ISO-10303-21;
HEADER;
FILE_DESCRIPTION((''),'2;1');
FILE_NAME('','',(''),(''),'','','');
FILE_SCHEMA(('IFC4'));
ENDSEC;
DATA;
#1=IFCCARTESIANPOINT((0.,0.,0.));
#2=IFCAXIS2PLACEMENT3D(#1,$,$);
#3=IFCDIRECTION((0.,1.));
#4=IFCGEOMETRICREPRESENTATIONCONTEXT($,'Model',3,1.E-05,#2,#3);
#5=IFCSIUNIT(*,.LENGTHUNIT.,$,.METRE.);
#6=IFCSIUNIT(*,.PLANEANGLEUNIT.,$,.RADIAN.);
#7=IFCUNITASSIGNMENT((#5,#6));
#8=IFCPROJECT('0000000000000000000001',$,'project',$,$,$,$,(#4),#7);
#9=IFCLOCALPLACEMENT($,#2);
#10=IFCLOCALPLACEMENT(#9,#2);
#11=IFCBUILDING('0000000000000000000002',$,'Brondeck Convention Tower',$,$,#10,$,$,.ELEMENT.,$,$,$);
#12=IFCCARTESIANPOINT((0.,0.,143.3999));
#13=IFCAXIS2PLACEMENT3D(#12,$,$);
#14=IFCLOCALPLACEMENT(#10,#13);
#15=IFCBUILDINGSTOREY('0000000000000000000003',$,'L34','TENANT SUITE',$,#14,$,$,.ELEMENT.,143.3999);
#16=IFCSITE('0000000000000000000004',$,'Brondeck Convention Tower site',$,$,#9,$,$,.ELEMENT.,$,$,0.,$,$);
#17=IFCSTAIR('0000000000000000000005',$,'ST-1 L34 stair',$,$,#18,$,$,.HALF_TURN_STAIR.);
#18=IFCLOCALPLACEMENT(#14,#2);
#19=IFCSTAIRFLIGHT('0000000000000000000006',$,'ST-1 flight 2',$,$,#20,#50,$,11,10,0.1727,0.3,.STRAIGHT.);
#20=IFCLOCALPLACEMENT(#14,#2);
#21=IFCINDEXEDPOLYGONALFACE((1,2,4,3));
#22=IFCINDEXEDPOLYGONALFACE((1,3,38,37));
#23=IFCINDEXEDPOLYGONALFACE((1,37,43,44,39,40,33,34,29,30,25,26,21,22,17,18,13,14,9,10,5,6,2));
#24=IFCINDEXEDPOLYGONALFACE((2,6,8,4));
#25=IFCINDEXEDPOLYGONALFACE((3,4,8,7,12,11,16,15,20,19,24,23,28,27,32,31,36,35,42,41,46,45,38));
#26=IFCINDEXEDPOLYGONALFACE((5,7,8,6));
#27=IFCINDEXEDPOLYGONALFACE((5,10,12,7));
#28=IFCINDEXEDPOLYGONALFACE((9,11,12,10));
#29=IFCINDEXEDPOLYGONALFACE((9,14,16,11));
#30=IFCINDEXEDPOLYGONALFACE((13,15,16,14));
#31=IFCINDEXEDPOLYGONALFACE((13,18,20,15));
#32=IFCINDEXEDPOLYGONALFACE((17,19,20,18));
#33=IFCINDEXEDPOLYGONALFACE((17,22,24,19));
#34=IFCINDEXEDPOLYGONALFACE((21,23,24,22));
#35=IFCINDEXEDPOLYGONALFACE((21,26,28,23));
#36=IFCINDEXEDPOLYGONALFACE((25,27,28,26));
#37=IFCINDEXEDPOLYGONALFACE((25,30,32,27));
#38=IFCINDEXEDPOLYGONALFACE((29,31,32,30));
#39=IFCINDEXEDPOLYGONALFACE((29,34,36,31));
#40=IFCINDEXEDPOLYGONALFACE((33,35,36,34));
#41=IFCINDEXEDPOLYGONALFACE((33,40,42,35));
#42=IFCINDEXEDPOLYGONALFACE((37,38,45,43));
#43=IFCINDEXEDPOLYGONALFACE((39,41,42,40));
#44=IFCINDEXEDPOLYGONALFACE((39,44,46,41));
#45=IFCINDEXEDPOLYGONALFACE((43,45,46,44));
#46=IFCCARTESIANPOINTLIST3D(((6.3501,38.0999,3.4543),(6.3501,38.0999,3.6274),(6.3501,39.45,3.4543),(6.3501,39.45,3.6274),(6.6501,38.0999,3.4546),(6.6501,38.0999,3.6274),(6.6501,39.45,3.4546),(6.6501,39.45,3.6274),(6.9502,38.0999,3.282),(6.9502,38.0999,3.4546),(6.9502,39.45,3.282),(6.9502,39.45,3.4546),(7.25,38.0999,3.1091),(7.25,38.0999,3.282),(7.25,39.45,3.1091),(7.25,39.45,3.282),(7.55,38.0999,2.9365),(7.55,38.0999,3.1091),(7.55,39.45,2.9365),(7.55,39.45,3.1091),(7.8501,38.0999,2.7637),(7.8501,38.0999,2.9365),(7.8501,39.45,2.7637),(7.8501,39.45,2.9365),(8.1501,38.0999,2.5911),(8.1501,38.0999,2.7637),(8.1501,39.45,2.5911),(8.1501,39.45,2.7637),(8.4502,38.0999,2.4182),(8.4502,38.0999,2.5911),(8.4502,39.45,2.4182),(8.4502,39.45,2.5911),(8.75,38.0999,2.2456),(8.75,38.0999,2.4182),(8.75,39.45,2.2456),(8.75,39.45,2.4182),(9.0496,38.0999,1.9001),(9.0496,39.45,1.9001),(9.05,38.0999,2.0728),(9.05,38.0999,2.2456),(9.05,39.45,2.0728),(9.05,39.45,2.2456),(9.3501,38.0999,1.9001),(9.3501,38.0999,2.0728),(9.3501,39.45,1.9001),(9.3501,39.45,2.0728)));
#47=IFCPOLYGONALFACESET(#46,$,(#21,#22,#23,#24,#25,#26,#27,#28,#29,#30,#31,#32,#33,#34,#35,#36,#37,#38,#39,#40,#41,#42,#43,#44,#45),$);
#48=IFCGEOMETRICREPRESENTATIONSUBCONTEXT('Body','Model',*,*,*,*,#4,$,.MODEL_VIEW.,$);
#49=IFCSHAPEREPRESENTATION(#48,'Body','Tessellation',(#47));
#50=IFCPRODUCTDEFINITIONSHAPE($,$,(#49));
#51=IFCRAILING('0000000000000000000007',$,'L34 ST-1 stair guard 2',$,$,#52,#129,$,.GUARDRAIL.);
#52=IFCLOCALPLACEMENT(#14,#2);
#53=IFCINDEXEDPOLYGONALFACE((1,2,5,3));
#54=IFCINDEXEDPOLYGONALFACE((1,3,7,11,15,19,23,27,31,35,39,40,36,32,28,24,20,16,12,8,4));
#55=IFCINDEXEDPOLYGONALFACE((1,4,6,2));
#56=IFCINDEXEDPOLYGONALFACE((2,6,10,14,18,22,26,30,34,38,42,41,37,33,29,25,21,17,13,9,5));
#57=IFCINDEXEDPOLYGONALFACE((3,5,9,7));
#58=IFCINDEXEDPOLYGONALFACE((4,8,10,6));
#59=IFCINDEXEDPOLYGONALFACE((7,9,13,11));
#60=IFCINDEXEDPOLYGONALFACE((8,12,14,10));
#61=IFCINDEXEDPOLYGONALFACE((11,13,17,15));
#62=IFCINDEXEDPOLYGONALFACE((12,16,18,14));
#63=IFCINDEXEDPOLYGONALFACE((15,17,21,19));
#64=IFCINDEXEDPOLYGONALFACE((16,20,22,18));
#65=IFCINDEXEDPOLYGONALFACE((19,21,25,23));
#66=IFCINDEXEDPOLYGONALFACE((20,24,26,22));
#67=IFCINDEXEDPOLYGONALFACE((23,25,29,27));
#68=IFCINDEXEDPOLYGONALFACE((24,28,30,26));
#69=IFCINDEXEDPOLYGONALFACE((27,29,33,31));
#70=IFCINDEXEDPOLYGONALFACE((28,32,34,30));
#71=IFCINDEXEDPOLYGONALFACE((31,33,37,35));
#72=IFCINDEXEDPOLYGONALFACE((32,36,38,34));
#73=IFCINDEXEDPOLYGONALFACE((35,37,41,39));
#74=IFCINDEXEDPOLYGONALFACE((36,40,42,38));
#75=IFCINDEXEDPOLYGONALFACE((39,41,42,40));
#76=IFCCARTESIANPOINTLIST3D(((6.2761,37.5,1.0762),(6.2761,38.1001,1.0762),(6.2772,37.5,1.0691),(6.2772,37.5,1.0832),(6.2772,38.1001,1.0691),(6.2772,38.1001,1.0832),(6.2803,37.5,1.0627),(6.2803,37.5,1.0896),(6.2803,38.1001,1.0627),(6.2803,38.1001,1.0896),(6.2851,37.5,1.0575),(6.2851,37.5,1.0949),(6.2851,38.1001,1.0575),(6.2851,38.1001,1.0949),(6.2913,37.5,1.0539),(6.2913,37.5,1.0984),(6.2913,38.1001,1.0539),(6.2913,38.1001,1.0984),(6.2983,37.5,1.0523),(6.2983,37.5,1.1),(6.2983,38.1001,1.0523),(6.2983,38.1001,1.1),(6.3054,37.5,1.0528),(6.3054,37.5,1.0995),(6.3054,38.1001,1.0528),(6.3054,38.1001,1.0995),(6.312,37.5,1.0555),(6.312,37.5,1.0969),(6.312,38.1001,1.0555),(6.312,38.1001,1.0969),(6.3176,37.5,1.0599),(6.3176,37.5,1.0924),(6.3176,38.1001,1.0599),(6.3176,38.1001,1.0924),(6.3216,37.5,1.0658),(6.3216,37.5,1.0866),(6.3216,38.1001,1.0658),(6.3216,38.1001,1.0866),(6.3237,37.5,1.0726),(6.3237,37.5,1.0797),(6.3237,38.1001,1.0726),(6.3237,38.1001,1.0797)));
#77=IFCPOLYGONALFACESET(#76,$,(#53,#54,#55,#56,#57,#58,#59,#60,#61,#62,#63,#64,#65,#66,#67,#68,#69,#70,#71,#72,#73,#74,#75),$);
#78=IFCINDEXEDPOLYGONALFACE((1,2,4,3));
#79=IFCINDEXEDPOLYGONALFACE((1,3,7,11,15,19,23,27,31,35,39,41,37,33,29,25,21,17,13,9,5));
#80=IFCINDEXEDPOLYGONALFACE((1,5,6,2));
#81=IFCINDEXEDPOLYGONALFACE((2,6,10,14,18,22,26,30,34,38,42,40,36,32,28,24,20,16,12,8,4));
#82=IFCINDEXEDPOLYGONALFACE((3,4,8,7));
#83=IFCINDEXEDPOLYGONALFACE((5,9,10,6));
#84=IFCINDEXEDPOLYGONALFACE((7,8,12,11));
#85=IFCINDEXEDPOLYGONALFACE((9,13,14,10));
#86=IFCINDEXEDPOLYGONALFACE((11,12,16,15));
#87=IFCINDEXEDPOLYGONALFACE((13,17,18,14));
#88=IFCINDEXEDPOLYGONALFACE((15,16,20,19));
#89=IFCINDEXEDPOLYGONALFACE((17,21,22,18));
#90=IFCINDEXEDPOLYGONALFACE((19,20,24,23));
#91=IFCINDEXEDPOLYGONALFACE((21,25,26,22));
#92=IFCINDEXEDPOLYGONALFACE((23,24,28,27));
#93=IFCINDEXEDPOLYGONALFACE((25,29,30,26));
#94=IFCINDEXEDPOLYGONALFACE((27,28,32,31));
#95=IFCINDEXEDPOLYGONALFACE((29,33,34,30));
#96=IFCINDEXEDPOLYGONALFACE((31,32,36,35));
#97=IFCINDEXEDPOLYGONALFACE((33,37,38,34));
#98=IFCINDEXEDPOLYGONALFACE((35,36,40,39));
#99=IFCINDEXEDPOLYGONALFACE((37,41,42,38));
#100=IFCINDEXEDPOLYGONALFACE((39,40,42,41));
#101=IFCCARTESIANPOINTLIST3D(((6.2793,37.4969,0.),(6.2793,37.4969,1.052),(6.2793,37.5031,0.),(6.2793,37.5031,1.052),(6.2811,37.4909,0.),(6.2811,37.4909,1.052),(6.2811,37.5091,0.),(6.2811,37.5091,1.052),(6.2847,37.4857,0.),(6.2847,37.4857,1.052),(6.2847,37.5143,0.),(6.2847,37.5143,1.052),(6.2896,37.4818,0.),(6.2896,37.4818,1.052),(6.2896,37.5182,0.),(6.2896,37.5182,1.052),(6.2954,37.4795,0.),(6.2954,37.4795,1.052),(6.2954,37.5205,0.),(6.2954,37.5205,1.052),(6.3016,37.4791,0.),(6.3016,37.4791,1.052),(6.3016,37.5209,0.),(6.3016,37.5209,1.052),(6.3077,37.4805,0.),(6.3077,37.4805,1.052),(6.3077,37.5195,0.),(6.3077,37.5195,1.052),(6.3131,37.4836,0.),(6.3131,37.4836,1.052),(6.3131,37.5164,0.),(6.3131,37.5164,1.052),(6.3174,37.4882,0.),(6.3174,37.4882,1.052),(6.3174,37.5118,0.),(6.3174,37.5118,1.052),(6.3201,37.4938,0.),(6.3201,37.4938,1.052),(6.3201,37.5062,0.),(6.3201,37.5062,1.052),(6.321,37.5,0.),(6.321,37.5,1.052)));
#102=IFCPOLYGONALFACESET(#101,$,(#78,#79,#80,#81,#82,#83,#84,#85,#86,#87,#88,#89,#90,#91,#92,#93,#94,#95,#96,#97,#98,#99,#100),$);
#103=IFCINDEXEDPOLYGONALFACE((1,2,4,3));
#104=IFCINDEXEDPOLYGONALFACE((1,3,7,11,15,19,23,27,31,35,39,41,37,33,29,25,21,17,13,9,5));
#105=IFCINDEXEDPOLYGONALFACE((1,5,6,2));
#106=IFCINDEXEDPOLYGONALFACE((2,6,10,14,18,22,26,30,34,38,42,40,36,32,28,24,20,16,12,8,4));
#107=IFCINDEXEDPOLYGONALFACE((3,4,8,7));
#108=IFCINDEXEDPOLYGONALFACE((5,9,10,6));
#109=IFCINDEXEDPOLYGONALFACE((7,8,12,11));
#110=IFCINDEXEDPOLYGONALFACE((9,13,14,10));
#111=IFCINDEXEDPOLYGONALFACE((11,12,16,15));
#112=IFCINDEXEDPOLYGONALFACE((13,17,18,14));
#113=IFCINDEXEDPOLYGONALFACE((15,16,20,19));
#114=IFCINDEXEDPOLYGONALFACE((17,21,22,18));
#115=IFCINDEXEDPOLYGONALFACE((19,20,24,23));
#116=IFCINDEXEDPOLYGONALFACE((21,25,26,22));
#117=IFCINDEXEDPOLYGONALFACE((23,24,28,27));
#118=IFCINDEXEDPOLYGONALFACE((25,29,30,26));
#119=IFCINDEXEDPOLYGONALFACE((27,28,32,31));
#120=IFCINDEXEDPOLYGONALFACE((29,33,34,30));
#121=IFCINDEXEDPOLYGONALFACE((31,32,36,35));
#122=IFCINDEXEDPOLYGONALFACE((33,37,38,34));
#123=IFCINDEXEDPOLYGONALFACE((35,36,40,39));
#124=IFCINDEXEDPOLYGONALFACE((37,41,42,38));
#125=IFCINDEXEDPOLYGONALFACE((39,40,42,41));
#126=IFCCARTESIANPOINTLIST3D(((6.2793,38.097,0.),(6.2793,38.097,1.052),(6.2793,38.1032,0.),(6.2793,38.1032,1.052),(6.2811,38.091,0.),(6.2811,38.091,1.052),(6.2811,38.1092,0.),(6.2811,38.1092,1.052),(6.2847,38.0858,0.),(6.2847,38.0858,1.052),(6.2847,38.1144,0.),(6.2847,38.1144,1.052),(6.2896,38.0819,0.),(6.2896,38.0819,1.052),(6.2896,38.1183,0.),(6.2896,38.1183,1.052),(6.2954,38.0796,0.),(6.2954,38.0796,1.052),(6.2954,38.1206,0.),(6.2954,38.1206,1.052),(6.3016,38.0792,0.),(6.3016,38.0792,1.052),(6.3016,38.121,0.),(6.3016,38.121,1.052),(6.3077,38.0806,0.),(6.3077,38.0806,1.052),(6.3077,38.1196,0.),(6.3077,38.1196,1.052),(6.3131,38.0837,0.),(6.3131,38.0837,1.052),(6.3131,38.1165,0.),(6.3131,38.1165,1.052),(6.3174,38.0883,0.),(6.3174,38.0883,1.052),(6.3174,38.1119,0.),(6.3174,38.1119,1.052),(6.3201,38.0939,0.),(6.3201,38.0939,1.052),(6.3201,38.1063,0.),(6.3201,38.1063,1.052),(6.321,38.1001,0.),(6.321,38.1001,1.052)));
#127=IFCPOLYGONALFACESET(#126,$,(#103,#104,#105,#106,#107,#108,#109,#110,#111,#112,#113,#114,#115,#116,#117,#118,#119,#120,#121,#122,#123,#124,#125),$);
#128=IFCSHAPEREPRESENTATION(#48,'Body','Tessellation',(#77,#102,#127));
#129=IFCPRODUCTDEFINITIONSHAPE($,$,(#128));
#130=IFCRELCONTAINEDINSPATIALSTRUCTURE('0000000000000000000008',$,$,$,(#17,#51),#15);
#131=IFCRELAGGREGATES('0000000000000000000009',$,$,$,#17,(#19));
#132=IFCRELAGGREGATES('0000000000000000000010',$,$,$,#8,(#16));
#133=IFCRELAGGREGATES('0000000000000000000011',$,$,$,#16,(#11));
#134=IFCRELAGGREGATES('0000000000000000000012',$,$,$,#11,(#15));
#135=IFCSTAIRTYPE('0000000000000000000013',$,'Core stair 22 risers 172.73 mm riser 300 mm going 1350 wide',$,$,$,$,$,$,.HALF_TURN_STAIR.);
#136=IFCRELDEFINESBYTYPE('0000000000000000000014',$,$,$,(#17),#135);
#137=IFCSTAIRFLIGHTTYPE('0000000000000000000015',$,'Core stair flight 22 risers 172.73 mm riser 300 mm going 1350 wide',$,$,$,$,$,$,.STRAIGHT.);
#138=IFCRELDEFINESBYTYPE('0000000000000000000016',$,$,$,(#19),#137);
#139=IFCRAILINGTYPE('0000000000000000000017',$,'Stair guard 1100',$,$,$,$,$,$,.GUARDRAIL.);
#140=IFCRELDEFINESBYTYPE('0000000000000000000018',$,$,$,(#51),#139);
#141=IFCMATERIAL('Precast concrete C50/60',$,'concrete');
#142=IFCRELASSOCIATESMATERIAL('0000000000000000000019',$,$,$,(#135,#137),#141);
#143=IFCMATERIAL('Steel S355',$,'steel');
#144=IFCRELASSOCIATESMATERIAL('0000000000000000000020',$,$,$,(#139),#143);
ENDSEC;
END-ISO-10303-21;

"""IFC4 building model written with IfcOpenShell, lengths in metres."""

from ifc_helpers import new_model, si_unit, direction, frame, origin, origin_2d, place, context, subcontext, project, spatial, polyline, circle, outline, extrude, material, type_object, element, aggregate, save


model = new_model("IFC4")

# Units and contexts
model_context = context("Model", 3, precision=1e-05, world=origin(), true_north=direction((0.0, 1.0)))
body_context = subcontext(model_context, "Body", "Model", "MODEL_VIEW")
ifc_project = project(units=[si_unit("LENGTHUNIT", "METRE"), si_unit("PLANEANGLEUNIT", "RADIAN")], contexts=[model_context])

# Site, building, storey
site_placement = place(None, origin())
site = spatial("IfcSite", under=ifc_project, at=site_placement, Name="Brondeck Convention Tower site", CompositionType="ELEMENT", RefElevation=0.0)
building_placement = place(site_placement, origin())
building = spatial("IfcBuilding", under=site, at=building_placement, Name="Brondeck Convention Tower", CompositionType="ELEMENT")
storey_placement = place(building_placement, frame((0.0, 0.0, 143.3999)))
storey = spatial("IfcBuildingStorey", under=building, at=storey_placement, Name="L34", Description="TENANT SUITE", CompositionType="ELEMENT", Elevation=143.3999)

# Shared definitions
ifc_material_1 = material(Name="Steel S355", Category="steel")

# Stair, stair flight
ifc_material_2 = material(Name="Precast concrete C50/60", Category="concrete")
stair_type = type_object("IfcStairType", Name="Core stair 22 risers 172.73 mm riser 300 mm going 1350 wide", PredefinedType="HALF_TURN_STAIR", material=ifc_material_2)
stair_placement = place(storey_placement, origin())
stair = element("IfcStair", 1, at=stair_placement, inside=storey, type_object=stair_type, Name="ST-1 L34 stair", PredefinedType="HALF_TURN_STAIR")
stair_flight_type = type_object("IfcStairFlightType", Name="Core stair flight 22 risers 172.73 mm riser 300 mm going 1350 wide", PredefinedType="STRAIGHT", material=ifc_material_2)
stair_flight_1_placement = place(storey_placement, frame((9.3501, 38.7749, 1.9001), z_axis=(0.0, 0.0, 1.0), x_axis=(-1.0, 0.0, 0.0)))
stair_flight_1 = element("IfcStairFlight", 2, at=stair_flight_1_placement, type_object=stair_flight_type, Name="ST-1 flight 2", NumberOfRisers=11, NumberOfTreads=10, PredefinedType="STRAIGHT", RiserHeight=0.1727, TreadLength=0.3, context=body_context, shape_type="SweptSolid", body=[
    extrude(outline(polyline([(0.0, 0.0), (0.0, 0.1726), (0.3, 0.1726), (0.3, 0.3455), (0.6001, 0.3455), (0.6001, 0.5181), (0.8999, 0.5181), (0.8999, 0.6909), (1.2, 0.6909), (1.2, 0.8635), (1.5, 0.8635), (1.5, 1.0364), (1.8, 1.0364), (1.8, 1.209), (2.1001, 1.209), (2.1001, 1.3818), (2.3999, 1.3818), (2.3999, 1.5544), (2.7, 1.5544), (2.7, 1.7273), (3.0, 1.7273), (3.0, 1.8999), (3.0, 1.5542), (0.3005, 0.0), (0.0, 0.0)])), frame((0.0, 0.675, 0.0), z_axis=(0.0, -1.0, 0.0), x_axis=(1.0, 0.0, 0.0)), (0.0, 0.0, 1.0), 1.3501),
])
aggregate(stair, [stair_flight_1])

# Railing
railing_type_1 = type_object("IfcRailingType", Name="Stair guard 1100", PredefinedType="GUARDRAIL", material=ifc_material_1)
railing_1_placement = place(storey_placement, frame((6.3, 37.5, 0.0)))
element("IfcRailing", 3, at=railing_1_placement, inside=storey, type_object=railing_type_1, Name="L34 ST-1 stair guard 2", PredefinedType="GUARDRAIL", context=body_context, shape_type="SweptSolid", body=[
    extrude(circle(Radius=0.0239, at=origin_2d()), frame((0.0, 0.0, 1.0762), z_axis=(0.0, 1.0, 0.0), x_axis=(-1.0, 0.0, 0.0)), (0.0, 0.0, 1.0), 0.6001),
    extrude(circle(Radius=0.021, at=origin_2d()), origin(), (0.0, 0.0, 1.0), 1.052),
    extrude(circle(Radius=0.021, at=origin_2d()), frame((0.0, 0.6001, 0.0)), (0.0, 0.0, 1.0), 1.052),
])

save(model, "model.ifc")
